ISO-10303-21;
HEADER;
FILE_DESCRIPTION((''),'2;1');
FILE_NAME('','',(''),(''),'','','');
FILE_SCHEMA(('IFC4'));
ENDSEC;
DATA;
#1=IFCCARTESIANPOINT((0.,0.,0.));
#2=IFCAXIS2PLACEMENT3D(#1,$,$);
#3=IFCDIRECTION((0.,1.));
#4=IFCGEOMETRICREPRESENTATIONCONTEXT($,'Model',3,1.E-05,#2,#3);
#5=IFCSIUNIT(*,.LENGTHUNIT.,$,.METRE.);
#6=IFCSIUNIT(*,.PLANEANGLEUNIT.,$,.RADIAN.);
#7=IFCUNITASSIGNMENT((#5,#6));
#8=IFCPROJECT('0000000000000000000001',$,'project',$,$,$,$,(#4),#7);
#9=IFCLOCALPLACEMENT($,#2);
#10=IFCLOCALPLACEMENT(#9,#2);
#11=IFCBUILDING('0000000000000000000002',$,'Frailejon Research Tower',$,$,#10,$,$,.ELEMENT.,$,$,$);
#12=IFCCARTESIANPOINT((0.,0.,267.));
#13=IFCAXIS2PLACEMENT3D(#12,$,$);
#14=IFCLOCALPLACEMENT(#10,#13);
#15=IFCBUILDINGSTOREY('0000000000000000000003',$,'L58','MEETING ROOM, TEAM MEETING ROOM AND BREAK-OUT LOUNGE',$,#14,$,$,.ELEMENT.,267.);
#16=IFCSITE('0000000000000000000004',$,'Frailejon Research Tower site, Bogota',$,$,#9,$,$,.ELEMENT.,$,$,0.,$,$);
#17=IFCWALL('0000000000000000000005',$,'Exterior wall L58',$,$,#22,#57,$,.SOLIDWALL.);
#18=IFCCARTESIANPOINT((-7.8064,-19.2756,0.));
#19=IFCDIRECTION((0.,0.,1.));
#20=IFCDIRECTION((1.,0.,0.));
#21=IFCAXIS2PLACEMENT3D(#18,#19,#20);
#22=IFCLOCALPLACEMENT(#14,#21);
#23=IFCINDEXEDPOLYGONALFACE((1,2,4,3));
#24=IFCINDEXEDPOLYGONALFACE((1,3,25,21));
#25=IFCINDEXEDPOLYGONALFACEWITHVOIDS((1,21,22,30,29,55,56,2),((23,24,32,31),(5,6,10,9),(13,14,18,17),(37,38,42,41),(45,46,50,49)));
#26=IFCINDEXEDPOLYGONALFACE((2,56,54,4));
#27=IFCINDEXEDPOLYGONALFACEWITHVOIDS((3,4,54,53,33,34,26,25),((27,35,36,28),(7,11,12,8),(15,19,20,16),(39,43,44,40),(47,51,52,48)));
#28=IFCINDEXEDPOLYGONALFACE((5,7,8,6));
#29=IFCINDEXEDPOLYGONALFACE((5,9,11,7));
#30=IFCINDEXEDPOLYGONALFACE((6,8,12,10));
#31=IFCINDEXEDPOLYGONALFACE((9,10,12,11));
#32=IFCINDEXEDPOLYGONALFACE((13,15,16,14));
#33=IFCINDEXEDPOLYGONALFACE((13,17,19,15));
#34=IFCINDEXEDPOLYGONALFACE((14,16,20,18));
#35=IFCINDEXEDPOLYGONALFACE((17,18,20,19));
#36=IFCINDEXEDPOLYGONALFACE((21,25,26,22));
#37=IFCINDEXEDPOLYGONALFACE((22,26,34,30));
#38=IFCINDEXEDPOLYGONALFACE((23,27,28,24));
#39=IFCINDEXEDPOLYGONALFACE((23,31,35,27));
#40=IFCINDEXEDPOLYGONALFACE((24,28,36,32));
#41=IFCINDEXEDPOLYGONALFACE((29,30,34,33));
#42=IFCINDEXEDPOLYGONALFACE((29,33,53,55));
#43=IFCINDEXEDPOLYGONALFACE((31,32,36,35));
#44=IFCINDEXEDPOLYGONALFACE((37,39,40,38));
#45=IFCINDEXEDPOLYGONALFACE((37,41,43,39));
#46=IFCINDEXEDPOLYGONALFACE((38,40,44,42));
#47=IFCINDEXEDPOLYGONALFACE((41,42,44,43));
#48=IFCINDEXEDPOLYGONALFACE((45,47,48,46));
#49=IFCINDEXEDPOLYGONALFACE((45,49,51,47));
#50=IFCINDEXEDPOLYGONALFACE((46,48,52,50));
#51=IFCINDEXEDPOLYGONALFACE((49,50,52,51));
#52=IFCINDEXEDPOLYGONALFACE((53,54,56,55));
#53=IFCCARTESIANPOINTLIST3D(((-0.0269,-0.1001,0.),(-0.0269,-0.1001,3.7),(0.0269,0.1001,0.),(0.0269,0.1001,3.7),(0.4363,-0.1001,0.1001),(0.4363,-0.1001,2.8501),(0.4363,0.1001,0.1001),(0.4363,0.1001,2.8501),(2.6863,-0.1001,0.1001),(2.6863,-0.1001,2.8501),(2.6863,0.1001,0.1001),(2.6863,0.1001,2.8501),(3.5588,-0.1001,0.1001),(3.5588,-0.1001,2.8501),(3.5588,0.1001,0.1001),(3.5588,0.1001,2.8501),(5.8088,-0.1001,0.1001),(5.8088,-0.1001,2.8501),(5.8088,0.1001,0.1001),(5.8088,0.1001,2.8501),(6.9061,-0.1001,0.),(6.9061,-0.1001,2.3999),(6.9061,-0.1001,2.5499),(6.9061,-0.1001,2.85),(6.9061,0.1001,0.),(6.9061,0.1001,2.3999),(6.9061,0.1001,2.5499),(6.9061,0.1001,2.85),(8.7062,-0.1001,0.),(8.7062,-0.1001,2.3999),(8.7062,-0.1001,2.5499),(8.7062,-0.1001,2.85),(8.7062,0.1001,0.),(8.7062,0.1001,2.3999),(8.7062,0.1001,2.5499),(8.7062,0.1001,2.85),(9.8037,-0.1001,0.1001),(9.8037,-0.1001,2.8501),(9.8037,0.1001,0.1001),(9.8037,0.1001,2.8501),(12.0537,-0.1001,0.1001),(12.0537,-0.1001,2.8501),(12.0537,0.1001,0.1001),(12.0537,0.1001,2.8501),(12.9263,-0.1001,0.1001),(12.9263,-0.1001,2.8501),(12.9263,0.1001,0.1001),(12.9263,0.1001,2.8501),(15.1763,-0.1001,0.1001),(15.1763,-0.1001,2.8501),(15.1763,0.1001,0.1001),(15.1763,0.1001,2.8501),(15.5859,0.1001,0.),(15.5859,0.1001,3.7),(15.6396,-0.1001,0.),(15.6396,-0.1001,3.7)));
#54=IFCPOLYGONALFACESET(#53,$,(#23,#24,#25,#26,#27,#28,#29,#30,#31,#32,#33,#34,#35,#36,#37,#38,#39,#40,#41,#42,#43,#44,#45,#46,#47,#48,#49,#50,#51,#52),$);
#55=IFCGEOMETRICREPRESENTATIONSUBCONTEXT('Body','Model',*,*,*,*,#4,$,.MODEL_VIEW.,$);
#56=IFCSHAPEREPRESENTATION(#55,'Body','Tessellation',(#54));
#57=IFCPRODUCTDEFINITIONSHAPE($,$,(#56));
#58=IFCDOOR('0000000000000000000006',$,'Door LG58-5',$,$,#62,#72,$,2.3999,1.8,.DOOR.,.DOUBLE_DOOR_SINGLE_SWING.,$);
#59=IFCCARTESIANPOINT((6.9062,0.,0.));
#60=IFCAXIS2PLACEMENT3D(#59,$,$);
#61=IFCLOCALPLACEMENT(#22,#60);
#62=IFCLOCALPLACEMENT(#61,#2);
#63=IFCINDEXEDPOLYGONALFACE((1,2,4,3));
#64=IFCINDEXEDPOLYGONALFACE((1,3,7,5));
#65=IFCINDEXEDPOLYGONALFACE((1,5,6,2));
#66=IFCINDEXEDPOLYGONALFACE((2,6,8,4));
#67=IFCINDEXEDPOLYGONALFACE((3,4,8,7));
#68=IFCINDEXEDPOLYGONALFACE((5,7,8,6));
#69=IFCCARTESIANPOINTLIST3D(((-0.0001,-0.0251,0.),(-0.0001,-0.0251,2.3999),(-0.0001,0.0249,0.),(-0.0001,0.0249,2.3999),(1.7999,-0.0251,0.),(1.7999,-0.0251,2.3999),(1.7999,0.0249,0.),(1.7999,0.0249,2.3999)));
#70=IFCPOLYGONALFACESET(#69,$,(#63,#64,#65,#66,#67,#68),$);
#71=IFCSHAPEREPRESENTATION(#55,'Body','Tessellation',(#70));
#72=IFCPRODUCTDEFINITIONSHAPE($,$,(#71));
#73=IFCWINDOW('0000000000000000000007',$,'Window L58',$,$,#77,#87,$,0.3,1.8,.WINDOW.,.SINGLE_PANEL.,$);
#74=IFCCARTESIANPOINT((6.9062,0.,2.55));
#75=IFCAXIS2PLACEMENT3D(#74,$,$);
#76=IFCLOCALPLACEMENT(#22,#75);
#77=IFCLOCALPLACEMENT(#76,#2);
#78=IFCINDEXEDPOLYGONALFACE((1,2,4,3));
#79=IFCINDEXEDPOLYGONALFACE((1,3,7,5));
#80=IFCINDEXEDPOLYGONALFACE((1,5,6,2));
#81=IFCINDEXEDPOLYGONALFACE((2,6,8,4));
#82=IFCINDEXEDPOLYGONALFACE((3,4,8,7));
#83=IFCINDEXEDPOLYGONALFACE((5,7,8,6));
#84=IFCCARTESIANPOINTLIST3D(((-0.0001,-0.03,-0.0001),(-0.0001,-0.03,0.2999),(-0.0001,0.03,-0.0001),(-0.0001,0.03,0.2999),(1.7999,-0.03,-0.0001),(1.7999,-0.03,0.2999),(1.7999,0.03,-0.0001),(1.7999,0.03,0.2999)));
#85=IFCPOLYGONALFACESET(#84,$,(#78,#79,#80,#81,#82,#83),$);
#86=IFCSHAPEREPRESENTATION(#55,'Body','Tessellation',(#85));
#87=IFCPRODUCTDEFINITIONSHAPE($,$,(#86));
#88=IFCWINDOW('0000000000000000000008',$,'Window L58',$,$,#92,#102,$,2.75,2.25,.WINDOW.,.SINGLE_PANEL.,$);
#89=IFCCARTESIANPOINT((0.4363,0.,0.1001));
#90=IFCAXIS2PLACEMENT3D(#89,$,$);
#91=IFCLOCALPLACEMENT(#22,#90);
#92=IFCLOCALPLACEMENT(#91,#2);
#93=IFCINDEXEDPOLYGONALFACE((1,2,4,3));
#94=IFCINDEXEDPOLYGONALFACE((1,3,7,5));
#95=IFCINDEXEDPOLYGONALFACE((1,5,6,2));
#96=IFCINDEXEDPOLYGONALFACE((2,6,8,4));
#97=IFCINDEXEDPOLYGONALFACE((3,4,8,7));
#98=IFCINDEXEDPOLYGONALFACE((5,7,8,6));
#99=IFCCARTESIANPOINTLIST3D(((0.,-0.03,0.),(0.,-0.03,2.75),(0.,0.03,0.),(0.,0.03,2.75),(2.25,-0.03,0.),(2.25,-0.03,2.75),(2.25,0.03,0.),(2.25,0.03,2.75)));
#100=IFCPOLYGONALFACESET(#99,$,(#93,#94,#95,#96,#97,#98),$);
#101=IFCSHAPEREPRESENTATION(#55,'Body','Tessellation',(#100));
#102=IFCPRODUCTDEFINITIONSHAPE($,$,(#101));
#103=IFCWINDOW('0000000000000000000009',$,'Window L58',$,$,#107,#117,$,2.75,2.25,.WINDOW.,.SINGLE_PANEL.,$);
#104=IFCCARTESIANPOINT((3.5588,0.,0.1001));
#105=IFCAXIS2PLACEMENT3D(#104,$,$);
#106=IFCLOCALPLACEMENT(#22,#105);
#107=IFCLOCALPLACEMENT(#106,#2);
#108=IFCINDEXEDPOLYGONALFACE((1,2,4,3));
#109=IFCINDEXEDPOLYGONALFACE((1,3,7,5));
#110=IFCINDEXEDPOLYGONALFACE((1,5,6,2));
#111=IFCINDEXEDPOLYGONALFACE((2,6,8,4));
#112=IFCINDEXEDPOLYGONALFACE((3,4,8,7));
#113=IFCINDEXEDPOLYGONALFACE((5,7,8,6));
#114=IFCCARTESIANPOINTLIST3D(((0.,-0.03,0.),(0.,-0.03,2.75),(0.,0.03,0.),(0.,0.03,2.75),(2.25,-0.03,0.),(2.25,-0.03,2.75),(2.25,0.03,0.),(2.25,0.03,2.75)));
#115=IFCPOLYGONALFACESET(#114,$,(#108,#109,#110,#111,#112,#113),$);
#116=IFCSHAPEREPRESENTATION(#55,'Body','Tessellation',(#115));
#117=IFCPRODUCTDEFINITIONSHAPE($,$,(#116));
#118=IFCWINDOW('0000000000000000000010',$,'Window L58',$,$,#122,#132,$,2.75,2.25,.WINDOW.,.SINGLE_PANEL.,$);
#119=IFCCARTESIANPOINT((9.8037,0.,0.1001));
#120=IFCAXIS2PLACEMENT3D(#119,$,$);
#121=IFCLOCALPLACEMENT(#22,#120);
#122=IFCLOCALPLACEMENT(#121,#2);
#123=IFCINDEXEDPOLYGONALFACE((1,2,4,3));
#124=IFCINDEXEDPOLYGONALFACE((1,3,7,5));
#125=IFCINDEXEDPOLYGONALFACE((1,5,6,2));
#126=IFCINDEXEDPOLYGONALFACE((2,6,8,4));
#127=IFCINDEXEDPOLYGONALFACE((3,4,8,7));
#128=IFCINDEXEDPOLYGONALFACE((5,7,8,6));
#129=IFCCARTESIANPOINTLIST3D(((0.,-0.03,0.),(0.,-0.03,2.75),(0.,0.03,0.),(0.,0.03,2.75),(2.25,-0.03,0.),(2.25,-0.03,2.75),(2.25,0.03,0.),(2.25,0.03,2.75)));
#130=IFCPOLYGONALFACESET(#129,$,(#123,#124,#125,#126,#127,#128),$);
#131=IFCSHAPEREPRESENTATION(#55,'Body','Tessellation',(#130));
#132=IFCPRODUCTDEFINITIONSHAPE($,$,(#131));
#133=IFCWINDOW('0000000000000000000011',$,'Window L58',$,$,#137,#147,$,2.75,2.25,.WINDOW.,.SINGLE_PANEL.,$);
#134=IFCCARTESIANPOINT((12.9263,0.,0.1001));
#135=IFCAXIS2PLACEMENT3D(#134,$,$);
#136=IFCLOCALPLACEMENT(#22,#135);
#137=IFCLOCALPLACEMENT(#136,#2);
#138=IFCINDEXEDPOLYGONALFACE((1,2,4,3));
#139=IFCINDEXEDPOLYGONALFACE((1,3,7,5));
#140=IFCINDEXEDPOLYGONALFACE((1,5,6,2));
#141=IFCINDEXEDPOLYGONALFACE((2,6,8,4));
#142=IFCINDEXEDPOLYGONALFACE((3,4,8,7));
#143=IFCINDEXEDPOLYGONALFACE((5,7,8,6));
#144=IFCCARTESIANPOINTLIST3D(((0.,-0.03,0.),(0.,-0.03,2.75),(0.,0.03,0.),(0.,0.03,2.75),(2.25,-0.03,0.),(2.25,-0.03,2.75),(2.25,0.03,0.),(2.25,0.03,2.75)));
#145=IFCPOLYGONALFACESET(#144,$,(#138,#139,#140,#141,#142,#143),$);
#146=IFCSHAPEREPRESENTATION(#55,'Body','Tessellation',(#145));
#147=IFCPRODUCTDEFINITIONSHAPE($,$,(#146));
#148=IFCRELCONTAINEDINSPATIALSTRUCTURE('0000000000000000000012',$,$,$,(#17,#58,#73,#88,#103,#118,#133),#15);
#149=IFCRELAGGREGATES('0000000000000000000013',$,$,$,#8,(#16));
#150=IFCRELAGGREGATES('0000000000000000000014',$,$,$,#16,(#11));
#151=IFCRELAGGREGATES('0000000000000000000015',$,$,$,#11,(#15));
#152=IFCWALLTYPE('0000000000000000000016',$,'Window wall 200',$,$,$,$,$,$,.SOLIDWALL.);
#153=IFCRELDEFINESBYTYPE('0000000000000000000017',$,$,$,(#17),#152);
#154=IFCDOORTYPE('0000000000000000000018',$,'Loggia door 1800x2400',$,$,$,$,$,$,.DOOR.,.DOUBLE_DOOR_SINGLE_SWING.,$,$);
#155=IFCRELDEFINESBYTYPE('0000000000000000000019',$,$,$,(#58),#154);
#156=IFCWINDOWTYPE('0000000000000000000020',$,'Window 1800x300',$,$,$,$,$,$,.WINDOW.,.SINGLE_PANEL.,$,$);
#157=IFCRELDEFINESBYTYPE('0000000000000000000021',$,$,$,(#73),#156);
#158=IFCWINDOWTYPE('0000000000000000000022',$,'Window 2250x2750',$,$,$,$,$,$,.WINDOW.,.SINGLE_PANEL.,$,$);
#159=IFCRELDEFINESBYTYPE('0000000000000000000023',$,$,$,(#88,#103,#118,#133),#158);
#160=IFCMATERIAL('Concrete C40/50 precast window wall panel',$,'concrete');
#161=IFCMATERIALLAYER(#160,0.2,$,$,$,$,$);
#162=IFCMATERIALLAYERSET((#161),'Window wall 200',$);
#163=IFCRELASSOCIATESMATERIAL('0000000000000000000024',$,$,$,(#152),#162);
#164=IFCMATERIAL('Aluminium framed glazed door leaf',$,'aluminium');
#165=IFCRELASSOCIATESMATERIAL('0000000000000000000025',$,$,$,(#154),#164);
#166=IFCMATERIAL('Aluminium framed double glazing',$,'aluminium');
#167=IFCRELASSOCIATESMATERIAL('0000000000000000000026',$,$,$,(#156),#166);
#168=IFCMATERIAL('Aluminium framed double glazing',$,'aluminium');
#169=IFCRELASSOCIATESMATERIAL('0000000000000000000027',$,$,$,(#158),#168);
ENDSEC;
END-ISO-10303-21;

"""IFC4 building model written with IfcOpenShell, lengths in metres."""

from ifc_helpers import new_model, si_unit, direction, frame, frame_2d, origin, place, context, subcontext, project, spatial, polyline, rectangle, outline, extrude, material, layer, layer_set, type_object, element, fill, save


model = new_model("IFC4")

# Units and contexts
model_context = context("Model", 3, precision=1e-05, world=origin(), true_north=direction((0.0, 1.0)))
body_context = subcontext(model_context, "Body", "Model", "MODEL_VIEW")
ifc_project = project(units=[si_unit("LENGTHUNIT", "METRE"), si_unit("PLANEANGLEUNIT", "RADIAN")], contexts=[model_context])

# Site, building, storey
site_placement = place(None, origin())
site = spatial("IfcSite", under=ifc_project, at=site_placement, Name="Frailejon Research Tower site, Bogota", CompositionType="ELEMENT", RefElevation=0.0)
building_placement = place(site_placement, origin())
building = spatial("IfcBuilding", under=site, at=building_placement, Name="Frailejon Research Tower", CompositionType="ELEMENT")
storey_placement = place(building_placement, frame((0.0, 0.0, 267.0)))
storey = spatial("IfcBuildingStorey", under=building, at=storey_placement, Name="L58", Description="MEETING ROOM, TEAM MEETING ROOM AND BREAK-OUT LOUNGE", CompositionType="ELEMENT", Elevation=267.0)

# Wall, openings, door, windows
ifc_material_1 = material(Name="Concrete C40/50 precast window wall panel", Category="concrete")
ifc_layer_1 = layer(ifc_material_1, 0.2)
ifc_layer_set_1 = layer_set([ifc_layer_1], Name="Window wall 200")
wall_type = type_object("IfcWallType", Name="Window wall 200", PredefinedType="SOLIDWALL", material=ifc_layer_set_1)
wall_placement = place(storey_placement, frame((-7.8064, -19.2756, 0.0), z_axis=(0.0, 0.0, 1.0), x_axis=(1.0, 0.0, 0.0)))
wall = element("IfcWall", 1, at=wall_placement, inside=storey, type_object=wall_type, Name="Exterior wall L58", PredefinedType="SOLIDWALL", context=body_context, shape_type="SweptSolid", body=[
    extrude(outline(polyline([(-0.0269, -0.1001), (1.0176, -0.1001), (2.062, -0.1001), (3.1064, -0.1001), (4.1509, -0.1001), (5.1953, -0.1001), (6.2397, -0.1001), (7.2842, -0.1001), (8.3286, -0.1001), (9.373, -0.1001), (10.4175, -0.1001), (11.4619, -0.1001), (12.5063, -0.1001), (13.5508, -0.1001), (14.5952, -0.1001), (15.6396, -0.1001), (15.5859, 0.1001), (14.5486, 0.1001), (13.5115, 0.1001), (12.4741, 0.1001), (11.4368, 0.1001), (10.3997, 0.1001), (9.3623, 0.1001), (8.325, 0.1001), (7.2878, 0.1001), (6.2505, 0.1001), (5.2131, 0.1001), (4.176, 0.1001), (3.1387, 0.1001), (2.1013, 0.1001), (1.0642, 0.1001), (0.0269, 0.1001), (-0.0269, -0.1001)])), origin(), (0.0, 0.0, 1.0), 3.7),
])
opening_1_placement = place(wall_placement, frame((0.4363, 0.0, 0.1001)))
opening_1 = element("IfcOpeningElement", 2, at=opening_1_placement, cuts=wall, PredefinedType="OPENING", context=body_context, shape_type="SweptSolid", body=[
    extrude(rectangle(XDim=2.25, YDim=2.75, at=frame_2d((1.125, 1.375))), frame((0.0, 0.1099, 0.0), z_axis=(0.0, -1.0, 0.0), x_axis=(1.0, 0.0, 0.0)), (0.0, 0.0, 1.0), 0.22),
])
opening_2_placement = place(wall_placement, frame((3.5588, 0.0, 0.1001)))
opening_2 = element("IfcOpeningElement", 3, at=opening_2_placement, cuts=wall, PredefinedType="OPENING", context=body_context, shape_type="SweptSolid", body=[
    extrude(rectangle(XDim=2.25, YDim=2.75, at=frame_2d((1.125, 1.375))), frame((0.0, 0.1099, 0.0), z_axis=(0.0, -1.0, 0.0), x_axis=(1.0, 0.0, 0.0)), (0.0, 0.0, 1.0), 0.22),
])
opening_3_placement = place(wall_placement, frame((6.9062, 0.0, 0.0)))
opening_3 = element("IfcOpeningElement", 4, at=opening_3_placement, cuts=wall, PredefinedType="OPENING", context=body_context, shape_type="SweptSolid", body=[
    extrude(rectangle(XDim=1.8, YDim=2.3999, at=frame_2d((0.8999, 1.2))), frame((0.0, 0.1099, 0.0), z_axis=(0.0, -1.0, 0.0), x_axis=(1.0, 0.0, 0.0)), (0.0, 0.0, 1.0), 0.22),
])
opening_4_placement = place(wall_placement, frame((6.9062, 0.0, 2.55)))
opening_4 = element("IfcOpeningElement", 5, at=opening_4_placement, cuts=wall, PredefinedType="OPENING", context=body_context, shape_type="SweptSolid", body=[
    extrude(rectangle(XDim=1.8, YDim=0.3, at=frame_2d((0.8999, 0.1499))), frame((0.0, 0.1099, 0.0), z_axis=(0.0, -1.0, 0.0), x_axis=(1.0, 0.0, 0.0)), (0.0, 0.0, 1.0), 0.22),
])
opening_5_placement = place(wall_placement, frame((9.8037, 0.0, 0.1001)))
opening_5 = element("IfcOpeningElement", 6, at=opening_5_placement, cuts=wall, PredefinedType="OPENING", context=body_context, shape_type="SweptSolid", body=[
    extrude(rectangle(XDim=2.25, YDim=2.75, at=frame_2d((1.125, 1.375))), frame((0.0, 0.1099, 0.0), z_axis=(0.0, -1.0, 0.0), x_axis=(1.0, 0.0, 0.0)), (0.0, 0.0, 1.0), 0.22),
])
opening_6_placement = place(wall_placement, frame((12.9263, 0.0, 0.1001)))
opening_6 = element("IfcOpeningElement", 7, at=opening_6_placement, cuts=wall, PredefinedType="OPENING", context=body_context, shape_type="SweptSolid", body=[
    extrude(rectangle(XDim=2.25, YDim=2.75, at=frame_2d((1.125, 1.375))), frame((0.0, 0.1099, 0.0), z_axis=(0.0, -1.0, 0.0), x_axis=(1.0, 0.0, 0.0)), (0.0, 0.0, 1.0), 0.22),
])
ifc_material_2 = material(Name="Aluminium framed glazed door leaf", Category="aluminium")
door_type = type_object("IfcDoorType", Name="Loggia door 1800x2400", OperationType="DOUBLE_DOOR_SINGLE_SWING", PredefinedType="DOOR", material=ifc_material_2)
door_placement = place(opening_3_placement, origin())
door = element("IfcDoor", 8, at=door_placement, inside=storey, type_object=door_type, Name="Door LG58-5", OperationType="DOUBLE_DOOR_SINGLE_SWING", OverallHeight=2.3999, OverallWidth=1.8, PredefinedType="DOOR", context=body_context, shape_type="SweptSolid", body=[
    extrude(rectangle(XDim=1.8, YDim=2.3999, at=frame_2d((0.8999, 1.2))), frame((0.0, 0.0249, 0.0), z_axis=(0.0, -1.0, 0.0), x_axis=(1.0, 0.0, 0.0)), (0.0, 0.0, 1.0), 0.05),
])
fill(opening_3, door)
ifc_material_3 = material(Name="Aluminium framed double glazing", Category="aluminium")
window_type_1 = type_object("IfcWindowType", Name="Window 1800x300", PartitioningType="SINGLE_PANEL", PredefinedType="WINDOW", material=ifc_material_3)
window_1_placement = place(opening_4_placement, origin())
window_1 = element("IfcWindow", 9, at=window_1_placement, inside=storey, type_object=window_type_1, Name="Window L58", OverallHeight=0.3, OverallWidth=1.8, PartitioningType="SINGLE_PANEL", PredefinedType="WINDOW", context=body_context, shape_type="SweptSolid", body=[
    extrude(rectangle(XDim=1.8, YDim=0.3, at=frame_2d((0.8999, 0.1499))), frame((0.0, 0.03, 0.0), z_axis=(0.0, -1.0, 0.0), x_axis=(1.0, 0.0, 0.0)), (0.0, 0.0, 1.0), 0.0601),
])
fill(opening_4, window_1)
ifc_material_4 = material(Name="Aluminium framed double glazing", Category="aluminium")
window_type_2 = type_object("IfcWindowType", Name="Window 2250x2750", PartitioningType="SINGLE_PANEL", PredefinedType="WINDOW", material=ifc_material_4)
window_2_placement = place(opening_1_placement, origin())
window_2 = element("IfcWindow", 10, at=window_2_placement, inside=storey, type_object=window_type_2, Name="Window L58", OverallHeight=2.75, OverallWidth=2.25, PartitioningType="SINGLE_PANEL", PredefinedType="WINDOW", context=body_context, shape_type="SweptSolid", body=[
    extrude(rectangle(XDim=2.25, YDim=2.75, at=frame_2d((1.125, 1.375))), frame((0.0, 0.03, 0.0), z_axis=(0.0, -1.0, 0.0), x_axis=(1.0, 0.0, 0.0)), (0.0, 0.0, 1.0), 0.0601),
])
fill(opening_1, window_2)
window_3_placement = place(opening_2_placement, origin())
window_3 = element("IfcWindow", 11, at=window_3_placement, inside=storey, type_object=window_type_2, Name="Window L58", OverallHeight=2.75, OverallWidth=2.25, PartitioningType="SINGLE_PANEL", PredefinedType="WINDOW", context=body_context, shape_type="SweptSolid", body=[
    extrude(rectangle(XDim=2.25, YDim=2.75, at=frame_2d((1.125, 1.375))), frame((0.0, 0.03, 0.0), z_axis=(0.0, -1.0, 0.0), x_axis=(1.0, 0.0, 0.0)), (0.0, 0.0, 1.0), 0.0601),
])
fill(opening_2, window_3)
window_4_placement = place(opening_5_placement, origin())
window_4 = element("IfcWindow", 12, at=window_4_placement, inside=storey, type_object=window_type_2, Name="Window L58", OverallHeight=2.75, OverallWidth=2.25, PartitioningType="SINGLE_PANEL", PredefinedType="WINDOW", context=body_context, shape_type="SweptSolid", body=[
    extrude(rectangle(XDim=2.25, YDim=2.75, at=frame_2d((1.125, 1.375))), frame((0.0, 0.03, 0.0), z_axis=(0.0, -1.0, 0.0), x_axis=(1.0, 0.0, 0.0)), (0.0, 0.0, 1.0), 0.0601),
])
fill(opening_5, window_4)
window_5_placement = place(opening_6_placement, origin())
window_5 = element("IfcWindow", 13, at=window_5_placement, inside=storey, type_object=window_type_2, Name="Window L58", OverallHeight=2.75, OverallWidth=2.25, PartitioningType="SINGLE_PANEL", PredefinedType="WINDOW", context=body_context, shape_type="SweptSolid", body=[
    extrude(rectangle(XDim=2.25, YDim=2.75, at=frame_2d((1.125, 1.375))), frame((0.0, 0.03, 0.0), z_axis=(0.0, -1.0, 0.0), x_axis=(1.0, 0.0, 0.0)), (0.0, 0.0, 1.0), 0.0601),
])
fill(opening_6, window_5)

save(model, "model.ifc")
